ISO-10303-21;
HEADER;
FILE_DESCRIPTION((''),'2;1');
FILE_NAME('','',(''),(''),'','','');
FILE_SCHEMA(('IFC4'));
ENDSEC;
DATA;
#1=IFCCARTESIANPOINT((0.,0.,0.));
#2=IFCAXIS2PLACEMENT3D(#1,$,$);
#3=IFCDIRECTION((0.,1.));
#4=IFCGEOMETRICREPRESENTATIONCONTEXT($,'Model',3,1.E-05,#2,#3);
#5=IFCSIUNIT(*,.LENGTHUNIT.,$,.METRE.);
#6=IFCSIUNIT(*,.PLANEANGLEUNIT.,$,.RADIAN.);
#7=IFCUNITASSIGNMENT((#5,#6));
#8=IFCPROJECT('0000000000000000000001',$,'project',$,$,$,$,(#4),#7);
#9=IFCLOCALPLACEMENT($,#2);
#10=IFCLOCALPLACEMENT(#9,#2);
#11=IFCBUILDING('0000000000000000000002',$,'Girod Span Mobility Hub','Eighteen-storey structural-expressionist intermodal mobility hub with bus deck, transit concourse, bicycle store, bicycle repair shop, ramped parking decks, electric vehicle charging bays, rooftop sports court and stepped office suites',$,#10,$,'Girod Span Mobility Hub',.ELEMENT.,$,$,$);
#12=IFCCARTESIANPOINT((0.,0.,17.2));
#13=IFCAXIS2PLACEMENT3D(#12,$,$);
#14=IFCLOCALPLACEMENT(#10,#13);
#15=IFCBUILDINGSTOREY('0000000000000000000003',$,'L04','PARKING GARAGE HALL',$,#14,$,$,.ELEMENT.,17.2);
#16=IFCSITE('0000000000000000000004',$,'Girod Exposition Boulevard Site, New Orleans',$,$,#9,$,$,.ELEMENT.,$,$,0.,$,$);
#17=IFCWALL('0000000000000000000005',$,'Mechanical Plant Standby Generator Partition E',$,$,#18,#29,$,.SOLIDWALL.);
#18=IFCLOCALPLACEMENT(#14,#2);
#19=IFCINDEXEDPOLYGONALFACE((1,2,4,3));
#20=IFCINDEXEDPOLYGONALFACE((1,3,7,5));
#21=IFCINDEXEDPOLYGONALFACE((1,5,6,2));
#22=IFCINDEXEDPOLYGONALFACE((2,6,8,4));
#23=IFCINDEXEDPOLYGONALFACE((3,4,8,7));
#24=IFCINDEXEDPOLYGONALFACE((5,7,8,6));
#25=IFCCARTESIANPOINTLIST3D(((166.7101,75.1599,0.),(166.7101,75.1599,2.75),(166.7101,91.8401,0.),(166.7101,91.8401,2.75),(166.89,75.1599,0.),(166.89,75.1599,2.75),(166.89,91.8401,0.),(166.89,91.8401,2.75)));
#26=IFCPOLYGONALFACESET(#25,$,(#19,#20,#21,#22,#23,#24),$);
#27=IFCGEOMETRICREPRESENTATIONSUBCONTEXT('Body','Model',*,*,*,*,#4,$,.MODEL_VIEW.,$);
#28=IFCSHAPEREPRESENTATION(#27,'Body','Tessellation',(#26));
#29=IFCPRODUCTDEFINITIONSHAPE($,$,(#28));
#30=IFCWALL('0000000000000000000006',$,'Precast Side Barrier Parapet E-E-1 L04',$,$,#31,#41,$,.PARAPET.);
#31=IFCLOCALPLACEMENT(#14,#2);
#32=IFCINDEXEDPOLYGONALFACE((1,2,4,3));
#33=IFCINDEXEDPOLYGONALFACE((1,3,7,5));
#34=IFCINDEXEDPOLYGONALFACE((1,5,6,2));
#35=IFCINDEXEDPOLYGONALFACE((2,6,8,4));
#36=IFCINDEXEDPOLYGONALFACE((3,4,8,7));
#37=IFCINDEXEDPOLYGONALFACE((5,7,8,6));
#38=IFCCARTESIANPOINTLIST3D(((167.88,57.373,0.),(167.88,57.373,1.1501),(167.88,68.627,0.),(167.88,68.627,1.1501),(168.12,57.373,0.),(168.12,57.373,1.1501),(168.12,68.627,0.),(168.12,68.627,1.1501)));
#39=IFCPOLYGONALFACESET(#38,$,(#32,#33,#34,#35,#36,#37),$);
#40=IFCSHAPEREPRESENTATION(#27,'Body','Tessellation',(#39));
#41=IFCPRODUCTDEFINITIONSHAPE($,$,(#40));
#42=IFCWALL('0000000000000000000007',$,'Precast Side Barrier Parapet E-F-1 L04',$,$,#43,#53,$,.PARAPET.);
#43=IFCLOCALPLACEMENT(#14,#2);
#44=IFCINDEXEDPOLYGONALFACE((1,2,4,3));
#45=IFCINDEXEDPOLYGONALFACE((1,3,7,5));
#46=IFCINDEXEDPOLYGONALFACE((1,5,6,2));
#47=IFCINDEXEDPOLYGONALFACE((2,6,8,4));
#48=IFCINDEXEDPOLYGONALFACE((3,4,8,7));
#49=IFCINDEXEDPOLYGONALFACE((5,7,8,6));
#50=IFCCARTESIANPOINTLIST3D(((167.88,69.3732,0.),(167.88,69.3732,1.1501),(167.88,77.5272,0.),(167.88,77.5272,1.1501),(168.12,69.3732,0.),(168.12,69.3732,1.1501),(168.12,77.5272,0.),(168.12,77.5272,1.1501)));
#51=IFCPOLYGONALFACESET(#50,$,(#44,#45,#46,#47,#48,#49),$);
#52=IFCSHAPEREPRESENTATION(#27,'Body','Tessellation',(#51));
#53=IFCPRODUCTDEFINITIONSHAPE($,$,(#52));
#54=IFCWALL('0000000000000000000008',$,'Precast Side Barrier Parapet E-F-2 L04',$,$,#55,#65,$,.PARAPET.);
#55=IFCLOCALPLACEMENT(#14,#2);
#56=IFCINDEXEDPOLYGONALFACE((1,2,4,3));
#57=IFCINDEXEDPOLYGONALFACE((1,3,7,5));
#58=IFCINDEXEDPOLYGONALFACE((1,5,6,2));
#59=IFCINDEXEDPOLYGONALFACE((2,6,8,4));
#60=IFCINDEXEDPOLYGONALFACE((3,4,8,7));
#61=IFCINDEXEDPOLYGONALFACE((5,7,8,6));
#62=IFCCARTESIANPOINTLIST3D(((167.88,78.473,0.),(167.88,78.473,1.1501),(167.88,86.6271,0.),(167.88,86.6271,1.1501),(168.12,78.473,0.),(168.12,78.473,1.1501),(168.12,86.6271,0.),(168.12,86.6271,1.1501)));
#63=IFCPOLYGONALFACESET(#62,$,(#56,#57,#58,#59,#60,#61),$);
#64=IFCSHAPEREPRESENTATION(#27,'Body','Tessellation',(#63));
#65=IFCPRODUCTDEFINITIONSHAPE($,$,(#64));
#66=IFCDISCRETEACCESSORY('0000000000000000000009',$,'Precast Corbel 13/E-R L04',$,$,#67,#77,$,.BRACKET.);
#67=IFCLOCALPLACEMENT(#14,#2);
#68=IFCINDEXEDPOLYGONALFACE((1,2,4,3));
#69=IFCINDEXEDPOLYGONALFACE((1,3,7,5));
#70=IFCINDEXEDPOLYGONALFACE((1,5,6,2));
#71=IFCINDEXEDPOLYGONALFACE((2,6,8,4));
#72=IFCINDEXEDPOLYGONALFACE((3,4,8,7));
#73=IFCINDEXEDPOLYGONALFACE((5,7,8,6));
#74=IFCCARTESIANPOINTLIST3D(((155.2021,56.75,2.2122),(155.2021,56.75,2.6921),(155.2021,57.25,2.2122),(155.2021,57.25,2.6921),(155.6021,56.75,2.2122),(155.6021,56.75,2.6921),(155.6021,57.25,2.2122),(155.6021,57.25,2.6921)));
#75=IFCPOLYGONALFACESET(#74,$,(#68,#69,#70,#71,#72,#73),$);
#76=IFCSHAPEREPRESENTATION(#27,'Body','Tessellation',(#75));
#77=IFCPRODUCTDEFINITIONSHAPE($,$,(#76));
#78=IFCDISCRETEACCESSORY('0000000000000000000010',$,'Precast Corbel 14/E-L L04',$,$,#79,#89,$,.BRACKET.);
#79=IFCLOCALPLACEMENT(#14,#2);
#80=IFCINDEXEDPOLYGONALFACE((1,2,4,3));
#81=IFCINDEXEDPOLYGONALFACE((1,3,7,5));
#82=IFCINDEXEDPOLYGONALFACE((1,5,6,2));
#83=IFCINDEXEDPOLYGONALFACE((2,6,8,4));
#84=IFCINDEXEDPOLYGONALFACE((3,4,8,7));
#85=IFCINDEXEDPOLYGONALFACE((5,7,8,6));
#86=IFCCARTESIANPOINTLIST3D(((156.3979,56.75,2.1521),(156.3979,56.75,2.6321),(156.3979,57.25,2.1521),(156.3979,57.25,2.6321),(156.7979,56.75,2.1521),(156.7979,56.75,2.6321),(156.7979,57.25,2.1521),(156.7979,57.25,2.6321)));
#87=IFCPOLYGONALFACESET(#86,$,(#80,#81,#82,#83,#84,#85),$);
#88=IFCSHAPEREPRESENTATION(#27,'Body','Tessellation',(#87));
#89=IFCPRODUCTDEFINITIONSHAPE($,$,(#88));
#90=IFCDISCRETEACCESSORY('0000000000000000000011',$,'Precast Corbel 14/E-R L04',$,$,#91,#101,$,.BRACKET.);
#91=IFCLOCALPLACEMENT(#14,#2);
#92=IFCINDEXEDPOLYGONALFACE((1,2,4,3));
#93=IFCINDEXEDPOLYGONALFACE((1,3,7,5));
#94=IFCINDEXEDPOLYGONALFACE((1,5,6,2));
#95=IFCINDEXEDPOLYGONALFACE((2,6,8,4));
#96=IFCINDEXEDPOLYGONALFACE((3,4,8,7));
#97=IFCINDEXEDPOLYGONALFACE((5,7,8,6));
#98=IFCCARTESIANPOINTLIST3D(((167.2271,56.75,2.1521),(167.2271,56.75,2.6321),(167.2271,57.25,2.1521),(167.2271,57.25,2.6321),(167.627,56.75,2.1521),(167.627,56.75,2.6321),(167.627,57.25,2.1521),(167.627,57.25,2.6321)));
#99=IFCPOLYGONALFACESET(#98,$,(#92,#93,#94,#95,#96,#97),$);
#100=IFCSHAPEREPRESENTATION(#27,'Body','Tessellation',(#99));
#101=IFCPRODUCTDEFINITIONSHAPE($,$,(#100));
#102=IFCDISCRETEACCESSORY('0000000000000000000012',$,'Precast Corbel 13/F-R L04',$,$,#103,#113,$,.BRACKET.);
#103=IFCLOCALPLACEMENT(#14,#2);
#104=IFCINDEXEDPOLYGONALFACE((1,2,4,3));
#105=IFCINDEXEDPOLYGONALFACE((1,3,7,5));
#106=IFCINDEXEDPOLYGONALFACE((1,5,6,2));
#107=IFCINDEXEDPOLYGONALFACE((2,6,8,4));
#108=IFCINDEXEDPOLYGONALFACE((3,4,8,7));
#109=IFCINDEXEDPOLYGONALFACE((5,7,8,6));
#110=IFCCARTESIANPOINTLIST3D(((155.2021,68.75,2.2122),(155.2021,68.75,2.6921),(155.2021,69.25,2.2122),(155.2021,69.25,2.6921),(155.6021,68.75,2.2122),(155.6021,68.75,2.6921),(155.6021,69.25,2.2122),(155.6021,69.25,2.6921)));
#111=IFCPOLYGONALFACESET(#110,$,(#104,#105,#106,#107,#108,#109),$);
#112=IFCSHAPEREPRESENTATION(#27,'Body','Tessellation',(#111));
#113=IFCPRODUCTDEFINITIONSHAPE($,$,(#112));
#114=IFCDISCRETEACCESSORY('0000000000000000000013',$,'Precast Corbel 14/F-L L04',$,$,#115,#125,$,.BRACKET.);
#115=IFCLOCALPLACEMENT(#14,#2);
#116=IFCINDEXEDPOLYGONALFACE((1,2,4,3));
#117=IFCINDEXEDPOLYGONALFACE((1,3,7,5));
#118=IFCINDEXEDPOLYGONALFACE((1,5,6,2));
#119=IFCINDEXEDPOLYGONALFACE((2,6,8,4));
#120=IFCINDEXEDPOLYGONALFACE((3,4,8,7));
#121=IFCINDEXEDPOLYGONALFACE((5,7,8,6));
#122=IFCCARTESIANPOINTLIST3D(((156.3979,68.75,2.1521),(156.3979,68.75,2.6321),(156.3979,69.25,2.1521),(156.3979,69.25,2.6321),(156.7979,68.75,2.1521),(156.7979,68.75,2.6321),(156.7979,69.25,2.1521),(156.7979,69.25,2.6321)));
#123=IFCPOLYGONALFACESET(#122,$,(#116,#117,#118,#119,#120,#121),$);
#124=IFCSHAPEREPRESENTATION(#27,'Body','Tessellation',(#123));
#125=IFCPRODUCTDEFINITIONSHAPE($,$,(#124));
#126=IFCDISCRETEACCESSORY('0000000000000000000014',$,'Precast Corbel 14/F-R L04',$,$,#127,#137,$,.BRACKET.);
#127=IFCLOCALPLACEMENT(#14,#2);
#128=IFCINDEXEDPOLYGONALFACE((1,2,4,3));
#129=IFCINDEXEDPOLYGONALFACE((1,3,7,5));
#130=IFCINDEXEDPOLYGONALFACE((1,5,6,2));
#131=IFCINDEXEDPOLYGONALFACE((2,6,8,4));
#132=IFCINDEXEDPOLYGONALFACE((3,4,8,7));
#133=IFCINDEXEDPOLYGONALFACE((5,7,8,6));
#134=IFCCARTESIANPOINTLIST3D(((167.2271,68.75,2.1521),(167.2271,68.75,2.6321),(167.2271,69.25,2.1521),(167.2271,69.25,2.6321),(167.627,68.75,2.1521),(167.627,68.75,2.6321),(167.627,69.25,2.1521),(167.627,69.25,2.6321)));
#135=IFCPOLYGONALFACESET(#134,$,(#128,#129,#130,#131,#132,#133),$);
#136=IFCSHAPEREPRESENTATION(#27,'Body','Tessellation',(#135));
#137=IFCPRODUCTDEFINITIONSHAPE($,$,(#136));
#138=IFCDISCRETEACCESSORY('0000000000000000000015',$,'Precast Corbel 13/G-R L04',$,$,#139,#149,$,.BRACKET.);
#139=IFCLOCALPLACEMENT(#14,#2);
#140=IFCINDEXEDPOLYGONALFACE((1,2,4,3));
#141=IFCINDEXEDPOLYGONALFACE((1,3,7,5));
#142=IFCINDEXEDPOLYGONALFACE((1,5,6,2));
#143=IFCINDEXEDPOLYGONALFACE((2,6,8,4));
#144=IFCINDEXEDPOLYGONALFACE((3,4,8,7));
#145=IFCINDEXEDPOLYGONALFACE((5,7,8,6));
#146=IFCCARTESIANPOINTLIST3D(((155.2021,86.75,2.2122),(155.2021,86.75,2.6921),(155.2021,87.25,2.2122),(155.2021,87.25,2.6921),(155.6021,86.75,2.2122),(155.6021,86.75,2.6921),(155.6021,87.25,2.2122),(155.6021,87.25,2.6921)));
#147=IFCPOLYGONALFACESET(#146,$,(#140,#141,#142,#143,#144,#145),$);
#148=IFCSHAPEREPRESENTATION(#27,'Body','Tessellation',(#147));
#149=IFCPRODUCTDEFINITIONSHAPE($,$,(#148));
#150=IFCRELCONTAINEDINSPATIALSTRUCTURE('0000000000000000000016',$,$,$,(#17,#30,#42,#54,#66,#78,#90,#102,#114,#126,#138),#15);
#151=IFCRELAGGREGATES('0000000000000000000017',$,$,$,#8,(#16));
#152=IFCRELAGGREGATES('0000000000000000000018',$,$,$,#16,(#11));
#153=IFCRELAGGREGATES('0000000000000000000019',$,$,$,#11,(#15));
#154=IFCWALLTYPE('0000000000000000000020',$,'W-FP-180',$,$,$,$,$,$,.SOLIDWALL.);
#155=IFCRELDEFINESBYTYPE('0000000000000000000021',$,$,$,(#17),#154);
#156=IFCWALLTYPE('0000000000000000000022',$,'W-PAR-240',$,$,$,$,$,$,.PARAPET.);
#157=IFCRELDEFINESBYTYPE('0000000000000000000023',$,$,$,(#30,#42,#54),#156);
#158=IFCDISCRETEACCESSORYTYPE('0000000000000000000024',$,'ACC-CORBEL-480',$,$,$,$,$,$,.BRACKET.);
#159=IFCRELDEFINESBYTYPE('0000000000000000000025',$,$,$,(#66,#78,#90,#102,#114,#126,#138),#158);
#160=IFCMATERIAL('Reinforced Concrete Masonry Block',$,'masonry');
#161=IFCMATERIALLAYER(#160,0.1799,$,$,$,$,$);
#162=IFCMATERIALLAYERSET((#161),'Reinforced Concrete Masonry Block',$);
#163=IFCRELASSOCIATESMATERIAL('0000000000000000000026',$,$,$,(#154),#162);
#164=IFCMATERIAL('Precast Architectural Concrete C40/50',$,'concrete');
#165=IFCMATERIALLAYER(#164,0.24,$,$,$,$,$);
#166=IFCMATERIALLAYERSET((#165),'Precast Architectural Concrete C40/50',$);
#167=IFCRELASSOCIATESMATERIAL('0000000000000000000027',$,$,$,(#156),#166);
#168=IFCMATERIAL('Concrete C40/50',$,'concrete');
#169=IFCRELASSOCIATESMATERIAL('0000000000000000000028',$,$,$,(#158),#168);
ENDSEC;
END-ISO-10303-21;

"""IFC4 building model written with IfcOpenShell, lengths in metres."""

from ifc_helpers import new_model, si_unit, direction, frame, frame_2d, origin, origin_2d, place, context, subcontext, project, spatial, rectangle, extrude, material, layer, layer_set, type_object, element, save


model = new_model("IFC4")

# Units and contexts
model_context = context("Model", 3, precision=1e-05, world=origin(), true_north=direction((0.0, 1.0)))
body_context = subcontext(model_context, "Body", "Model", "MODEL_VIEW")
ifc_project = project(units=[si_unit("LENGTHUNIT", "METRE"), si_unit("PLANEANGLEUNIT", "RADIAN")], contexts=[model_context])

# Site, building, storey
site_placement = place(None, origin())
site = spatial("IfcSite", under=ifc_project, at=site_placement, Name="Girod Exposition Boulevard Site, New Orleans", CompositionType="ELEMENT", RefElevation=0.0)
building_placement = place(site_placement, origin())
building = spatial("IfcBuilding", under=site, at=building_placement, Name="Girod Span Mobility Hub", Description="Eighteen-storey structural-expressionist intermodal mobility hub with bus deck, transit concourse, bicycle store, bicycle repair shop, ramped parking decks, electric vehicle charging bays, rooftop sports court and stepped office suites", LongName="Girod Span Mobility Hub", CompositionType="ELEMENT")
storey_placement = place(building_placement, frame((0.0, 0.0, 17.2)))
storey = spatial("IfcBuildingStorey", under=building, at=storey_placement, Name="L04", Description="PARKING GARAGE HALL", CompositionType="ELEMENT", Elevation=17.2)

# Walls
ifc_material_1 = material(Name="Reinforced Concrete Masonry Block", Category="masonry")
ifc_layer_1 = layer(ifc_material_1, 0.1799)
ifc_layer_set_1 = layer_set([ifc_layer_1], Name="Reinforced Concrete Masonry Block")
wall_type_1 = type_object("IfcWallType", Name="W-FP-180", PredefinedType="SOLIDWALL", material=ifc_layer_set_1)
wall_1_placement = place(storey_placement, frame((166.8, 75.1599, 0.0), z_axis=(0.0, 0.0, 1.0), x_axis=(0.0, 1.0, 0.0)))
element("IfcWall", 1, at=wall_1_placement, inside=storey, type_object=wall_type_1, Name="Mechanical Plant Standby Generator Partition E", PredefinedType="SOLIDWALL", context=body_context, shape_type="SweptSolid", body=[
    extrude(rectangle(XDim=16.6802, YDim=0.1799, at=frame_2d((8.3401, 0.0))), origin(), (0.0, 0.0, 1.0), 2.75),
])
ifc_material_2 = material(Name="Precast Architectural Concrete C40/50", Category="concrete")
ifc_layer_2 = layer(ifc_material_2, 0.24)
ifc_layer_set_2 = layer_set([ifc_layer_2], Name="Precast Architectural Concrete C40/50")
wall_type_2 = type_object("IfcWallType", Name="W-PAR-240", PredefinedType="PARAPET", material=ifc_layer_set_2)
wall_2_placement = place(storey_placement, frame((168.0, 57.373, 0.0), z_axis=(0.0, 0.0, 1.0), x_axis=(0.0, 1.0, 0.0)))
element("IfcWall", 2, at=wall_2_placement, inside=storey, type_object=wall_type_2, Name="Precast Side Barrier Parapet E-E-1 L04", PredefinedType="PARAPET", context=body_context, shape_type="SweptSolid", body=[
    extrude(rectangle(XDim=11.2539, YDim=0.24, at=frame_2d((5.627, 0.0))), origin(), (0.0, 0.0, 1.0), 1.1501),
])
for number, where, z_axis, x_axis, name in (
    (3, (168.0, 69.373, 0.0), (0.0, 0.0, 1.0), (0.0, 1.0, 0.0), "Precast Side Barrier Parapet E-F-1 L04"),
    (4, (168.0, 78.4729, 0.0), (0.0, 0.0, 1.0), (0.0, 1.0, 0.0), "Precast Side Barrier Parapet E-F-2 L04"),
):
    element("IfcWall", number, at=place(storey_placement, frame(where, z_axis=z_axis, x_axis=x_axis)), inside=storey, type_object=wall_type_2, Name=name, PredefinedType="PARAPET", context=body_context, shape_type="SweptSolid", body=[
        extrude(rectangle(XDim=8.1541, YDim=0.24, at=frame_2d((4.0771, 0.0))), origin(), (0.0, 0.0, 1.0), 1.1501),
    ])

# Discrete accessories
ifc_material_3 = material(Name="Concrete C40/50", Category="concrete")
discrete_accessory_type = type_object("IfcDiscreteAccessoryType", Name="ACC-CORBEL-480", PredefinedType="BRACKET", material=ifc_material_3)
for number, where, z_axis, x_axis, name in (
    (5, (155.4021, 57.0, 2.2122), (0.0, 0.0, 1.0), (1.0, 0.0, 0.0), "Precast Corbel 13/E-R L04"),
    (6, (156.5979, 57.0, 2.1521), (0.0, 0.0, 1.0), (1.0, 0.0, 0.0), "Precast Corbel 14/E-L L04"),
    (7, (167.427, 57.0, 2.1521), (0.0, 0.0, 1.0), (1.0, 0.0, 0.0), "Precast Corbel 14/E-R L04"),
    (8, (155.4021, 69.0, 2.2122), (0.0, 0.0, 1.0), (1.0, 0.0, 0.0), "Precast Corbel 13/F-R L04"),
    (9, (156.5979, 69.0, 2.1521), (0.0, 0.0, 1.0), (1.0, 0.0, 0.0), "Precast Corbel 14/F-L L04"),
    (10, (167.427, 69.0, 2.1521), (0.0, 0.0, 1.0), (1.0, 0.0, 0.0), "Precast Corbel 14/F-R L04"),
    (11, (155.4021, 87.0, 2.2122), (0.0, 0.0, 1.0), (1.0, 0.0, 0.0), "Precast Corbel 13/G-R L04"),
):
    element("IfcDiscreteAccessory", number, at=place(storey_placement, frame(where, z_axis=z_axis, x_axis=x_axis)), inside=storey, type_object=discrete_accessory_type, Name=name, PredefinedType="BRACKET", context=body_context, shape_type="SweptSolid", body=[
        extrude(rectangle(XDim=0.3999, YDim=0.5, at=origin_2d()), origin(), (0.0, 0.0, 1.0), 0.48),
    ])

save(model, "model.ifc")
